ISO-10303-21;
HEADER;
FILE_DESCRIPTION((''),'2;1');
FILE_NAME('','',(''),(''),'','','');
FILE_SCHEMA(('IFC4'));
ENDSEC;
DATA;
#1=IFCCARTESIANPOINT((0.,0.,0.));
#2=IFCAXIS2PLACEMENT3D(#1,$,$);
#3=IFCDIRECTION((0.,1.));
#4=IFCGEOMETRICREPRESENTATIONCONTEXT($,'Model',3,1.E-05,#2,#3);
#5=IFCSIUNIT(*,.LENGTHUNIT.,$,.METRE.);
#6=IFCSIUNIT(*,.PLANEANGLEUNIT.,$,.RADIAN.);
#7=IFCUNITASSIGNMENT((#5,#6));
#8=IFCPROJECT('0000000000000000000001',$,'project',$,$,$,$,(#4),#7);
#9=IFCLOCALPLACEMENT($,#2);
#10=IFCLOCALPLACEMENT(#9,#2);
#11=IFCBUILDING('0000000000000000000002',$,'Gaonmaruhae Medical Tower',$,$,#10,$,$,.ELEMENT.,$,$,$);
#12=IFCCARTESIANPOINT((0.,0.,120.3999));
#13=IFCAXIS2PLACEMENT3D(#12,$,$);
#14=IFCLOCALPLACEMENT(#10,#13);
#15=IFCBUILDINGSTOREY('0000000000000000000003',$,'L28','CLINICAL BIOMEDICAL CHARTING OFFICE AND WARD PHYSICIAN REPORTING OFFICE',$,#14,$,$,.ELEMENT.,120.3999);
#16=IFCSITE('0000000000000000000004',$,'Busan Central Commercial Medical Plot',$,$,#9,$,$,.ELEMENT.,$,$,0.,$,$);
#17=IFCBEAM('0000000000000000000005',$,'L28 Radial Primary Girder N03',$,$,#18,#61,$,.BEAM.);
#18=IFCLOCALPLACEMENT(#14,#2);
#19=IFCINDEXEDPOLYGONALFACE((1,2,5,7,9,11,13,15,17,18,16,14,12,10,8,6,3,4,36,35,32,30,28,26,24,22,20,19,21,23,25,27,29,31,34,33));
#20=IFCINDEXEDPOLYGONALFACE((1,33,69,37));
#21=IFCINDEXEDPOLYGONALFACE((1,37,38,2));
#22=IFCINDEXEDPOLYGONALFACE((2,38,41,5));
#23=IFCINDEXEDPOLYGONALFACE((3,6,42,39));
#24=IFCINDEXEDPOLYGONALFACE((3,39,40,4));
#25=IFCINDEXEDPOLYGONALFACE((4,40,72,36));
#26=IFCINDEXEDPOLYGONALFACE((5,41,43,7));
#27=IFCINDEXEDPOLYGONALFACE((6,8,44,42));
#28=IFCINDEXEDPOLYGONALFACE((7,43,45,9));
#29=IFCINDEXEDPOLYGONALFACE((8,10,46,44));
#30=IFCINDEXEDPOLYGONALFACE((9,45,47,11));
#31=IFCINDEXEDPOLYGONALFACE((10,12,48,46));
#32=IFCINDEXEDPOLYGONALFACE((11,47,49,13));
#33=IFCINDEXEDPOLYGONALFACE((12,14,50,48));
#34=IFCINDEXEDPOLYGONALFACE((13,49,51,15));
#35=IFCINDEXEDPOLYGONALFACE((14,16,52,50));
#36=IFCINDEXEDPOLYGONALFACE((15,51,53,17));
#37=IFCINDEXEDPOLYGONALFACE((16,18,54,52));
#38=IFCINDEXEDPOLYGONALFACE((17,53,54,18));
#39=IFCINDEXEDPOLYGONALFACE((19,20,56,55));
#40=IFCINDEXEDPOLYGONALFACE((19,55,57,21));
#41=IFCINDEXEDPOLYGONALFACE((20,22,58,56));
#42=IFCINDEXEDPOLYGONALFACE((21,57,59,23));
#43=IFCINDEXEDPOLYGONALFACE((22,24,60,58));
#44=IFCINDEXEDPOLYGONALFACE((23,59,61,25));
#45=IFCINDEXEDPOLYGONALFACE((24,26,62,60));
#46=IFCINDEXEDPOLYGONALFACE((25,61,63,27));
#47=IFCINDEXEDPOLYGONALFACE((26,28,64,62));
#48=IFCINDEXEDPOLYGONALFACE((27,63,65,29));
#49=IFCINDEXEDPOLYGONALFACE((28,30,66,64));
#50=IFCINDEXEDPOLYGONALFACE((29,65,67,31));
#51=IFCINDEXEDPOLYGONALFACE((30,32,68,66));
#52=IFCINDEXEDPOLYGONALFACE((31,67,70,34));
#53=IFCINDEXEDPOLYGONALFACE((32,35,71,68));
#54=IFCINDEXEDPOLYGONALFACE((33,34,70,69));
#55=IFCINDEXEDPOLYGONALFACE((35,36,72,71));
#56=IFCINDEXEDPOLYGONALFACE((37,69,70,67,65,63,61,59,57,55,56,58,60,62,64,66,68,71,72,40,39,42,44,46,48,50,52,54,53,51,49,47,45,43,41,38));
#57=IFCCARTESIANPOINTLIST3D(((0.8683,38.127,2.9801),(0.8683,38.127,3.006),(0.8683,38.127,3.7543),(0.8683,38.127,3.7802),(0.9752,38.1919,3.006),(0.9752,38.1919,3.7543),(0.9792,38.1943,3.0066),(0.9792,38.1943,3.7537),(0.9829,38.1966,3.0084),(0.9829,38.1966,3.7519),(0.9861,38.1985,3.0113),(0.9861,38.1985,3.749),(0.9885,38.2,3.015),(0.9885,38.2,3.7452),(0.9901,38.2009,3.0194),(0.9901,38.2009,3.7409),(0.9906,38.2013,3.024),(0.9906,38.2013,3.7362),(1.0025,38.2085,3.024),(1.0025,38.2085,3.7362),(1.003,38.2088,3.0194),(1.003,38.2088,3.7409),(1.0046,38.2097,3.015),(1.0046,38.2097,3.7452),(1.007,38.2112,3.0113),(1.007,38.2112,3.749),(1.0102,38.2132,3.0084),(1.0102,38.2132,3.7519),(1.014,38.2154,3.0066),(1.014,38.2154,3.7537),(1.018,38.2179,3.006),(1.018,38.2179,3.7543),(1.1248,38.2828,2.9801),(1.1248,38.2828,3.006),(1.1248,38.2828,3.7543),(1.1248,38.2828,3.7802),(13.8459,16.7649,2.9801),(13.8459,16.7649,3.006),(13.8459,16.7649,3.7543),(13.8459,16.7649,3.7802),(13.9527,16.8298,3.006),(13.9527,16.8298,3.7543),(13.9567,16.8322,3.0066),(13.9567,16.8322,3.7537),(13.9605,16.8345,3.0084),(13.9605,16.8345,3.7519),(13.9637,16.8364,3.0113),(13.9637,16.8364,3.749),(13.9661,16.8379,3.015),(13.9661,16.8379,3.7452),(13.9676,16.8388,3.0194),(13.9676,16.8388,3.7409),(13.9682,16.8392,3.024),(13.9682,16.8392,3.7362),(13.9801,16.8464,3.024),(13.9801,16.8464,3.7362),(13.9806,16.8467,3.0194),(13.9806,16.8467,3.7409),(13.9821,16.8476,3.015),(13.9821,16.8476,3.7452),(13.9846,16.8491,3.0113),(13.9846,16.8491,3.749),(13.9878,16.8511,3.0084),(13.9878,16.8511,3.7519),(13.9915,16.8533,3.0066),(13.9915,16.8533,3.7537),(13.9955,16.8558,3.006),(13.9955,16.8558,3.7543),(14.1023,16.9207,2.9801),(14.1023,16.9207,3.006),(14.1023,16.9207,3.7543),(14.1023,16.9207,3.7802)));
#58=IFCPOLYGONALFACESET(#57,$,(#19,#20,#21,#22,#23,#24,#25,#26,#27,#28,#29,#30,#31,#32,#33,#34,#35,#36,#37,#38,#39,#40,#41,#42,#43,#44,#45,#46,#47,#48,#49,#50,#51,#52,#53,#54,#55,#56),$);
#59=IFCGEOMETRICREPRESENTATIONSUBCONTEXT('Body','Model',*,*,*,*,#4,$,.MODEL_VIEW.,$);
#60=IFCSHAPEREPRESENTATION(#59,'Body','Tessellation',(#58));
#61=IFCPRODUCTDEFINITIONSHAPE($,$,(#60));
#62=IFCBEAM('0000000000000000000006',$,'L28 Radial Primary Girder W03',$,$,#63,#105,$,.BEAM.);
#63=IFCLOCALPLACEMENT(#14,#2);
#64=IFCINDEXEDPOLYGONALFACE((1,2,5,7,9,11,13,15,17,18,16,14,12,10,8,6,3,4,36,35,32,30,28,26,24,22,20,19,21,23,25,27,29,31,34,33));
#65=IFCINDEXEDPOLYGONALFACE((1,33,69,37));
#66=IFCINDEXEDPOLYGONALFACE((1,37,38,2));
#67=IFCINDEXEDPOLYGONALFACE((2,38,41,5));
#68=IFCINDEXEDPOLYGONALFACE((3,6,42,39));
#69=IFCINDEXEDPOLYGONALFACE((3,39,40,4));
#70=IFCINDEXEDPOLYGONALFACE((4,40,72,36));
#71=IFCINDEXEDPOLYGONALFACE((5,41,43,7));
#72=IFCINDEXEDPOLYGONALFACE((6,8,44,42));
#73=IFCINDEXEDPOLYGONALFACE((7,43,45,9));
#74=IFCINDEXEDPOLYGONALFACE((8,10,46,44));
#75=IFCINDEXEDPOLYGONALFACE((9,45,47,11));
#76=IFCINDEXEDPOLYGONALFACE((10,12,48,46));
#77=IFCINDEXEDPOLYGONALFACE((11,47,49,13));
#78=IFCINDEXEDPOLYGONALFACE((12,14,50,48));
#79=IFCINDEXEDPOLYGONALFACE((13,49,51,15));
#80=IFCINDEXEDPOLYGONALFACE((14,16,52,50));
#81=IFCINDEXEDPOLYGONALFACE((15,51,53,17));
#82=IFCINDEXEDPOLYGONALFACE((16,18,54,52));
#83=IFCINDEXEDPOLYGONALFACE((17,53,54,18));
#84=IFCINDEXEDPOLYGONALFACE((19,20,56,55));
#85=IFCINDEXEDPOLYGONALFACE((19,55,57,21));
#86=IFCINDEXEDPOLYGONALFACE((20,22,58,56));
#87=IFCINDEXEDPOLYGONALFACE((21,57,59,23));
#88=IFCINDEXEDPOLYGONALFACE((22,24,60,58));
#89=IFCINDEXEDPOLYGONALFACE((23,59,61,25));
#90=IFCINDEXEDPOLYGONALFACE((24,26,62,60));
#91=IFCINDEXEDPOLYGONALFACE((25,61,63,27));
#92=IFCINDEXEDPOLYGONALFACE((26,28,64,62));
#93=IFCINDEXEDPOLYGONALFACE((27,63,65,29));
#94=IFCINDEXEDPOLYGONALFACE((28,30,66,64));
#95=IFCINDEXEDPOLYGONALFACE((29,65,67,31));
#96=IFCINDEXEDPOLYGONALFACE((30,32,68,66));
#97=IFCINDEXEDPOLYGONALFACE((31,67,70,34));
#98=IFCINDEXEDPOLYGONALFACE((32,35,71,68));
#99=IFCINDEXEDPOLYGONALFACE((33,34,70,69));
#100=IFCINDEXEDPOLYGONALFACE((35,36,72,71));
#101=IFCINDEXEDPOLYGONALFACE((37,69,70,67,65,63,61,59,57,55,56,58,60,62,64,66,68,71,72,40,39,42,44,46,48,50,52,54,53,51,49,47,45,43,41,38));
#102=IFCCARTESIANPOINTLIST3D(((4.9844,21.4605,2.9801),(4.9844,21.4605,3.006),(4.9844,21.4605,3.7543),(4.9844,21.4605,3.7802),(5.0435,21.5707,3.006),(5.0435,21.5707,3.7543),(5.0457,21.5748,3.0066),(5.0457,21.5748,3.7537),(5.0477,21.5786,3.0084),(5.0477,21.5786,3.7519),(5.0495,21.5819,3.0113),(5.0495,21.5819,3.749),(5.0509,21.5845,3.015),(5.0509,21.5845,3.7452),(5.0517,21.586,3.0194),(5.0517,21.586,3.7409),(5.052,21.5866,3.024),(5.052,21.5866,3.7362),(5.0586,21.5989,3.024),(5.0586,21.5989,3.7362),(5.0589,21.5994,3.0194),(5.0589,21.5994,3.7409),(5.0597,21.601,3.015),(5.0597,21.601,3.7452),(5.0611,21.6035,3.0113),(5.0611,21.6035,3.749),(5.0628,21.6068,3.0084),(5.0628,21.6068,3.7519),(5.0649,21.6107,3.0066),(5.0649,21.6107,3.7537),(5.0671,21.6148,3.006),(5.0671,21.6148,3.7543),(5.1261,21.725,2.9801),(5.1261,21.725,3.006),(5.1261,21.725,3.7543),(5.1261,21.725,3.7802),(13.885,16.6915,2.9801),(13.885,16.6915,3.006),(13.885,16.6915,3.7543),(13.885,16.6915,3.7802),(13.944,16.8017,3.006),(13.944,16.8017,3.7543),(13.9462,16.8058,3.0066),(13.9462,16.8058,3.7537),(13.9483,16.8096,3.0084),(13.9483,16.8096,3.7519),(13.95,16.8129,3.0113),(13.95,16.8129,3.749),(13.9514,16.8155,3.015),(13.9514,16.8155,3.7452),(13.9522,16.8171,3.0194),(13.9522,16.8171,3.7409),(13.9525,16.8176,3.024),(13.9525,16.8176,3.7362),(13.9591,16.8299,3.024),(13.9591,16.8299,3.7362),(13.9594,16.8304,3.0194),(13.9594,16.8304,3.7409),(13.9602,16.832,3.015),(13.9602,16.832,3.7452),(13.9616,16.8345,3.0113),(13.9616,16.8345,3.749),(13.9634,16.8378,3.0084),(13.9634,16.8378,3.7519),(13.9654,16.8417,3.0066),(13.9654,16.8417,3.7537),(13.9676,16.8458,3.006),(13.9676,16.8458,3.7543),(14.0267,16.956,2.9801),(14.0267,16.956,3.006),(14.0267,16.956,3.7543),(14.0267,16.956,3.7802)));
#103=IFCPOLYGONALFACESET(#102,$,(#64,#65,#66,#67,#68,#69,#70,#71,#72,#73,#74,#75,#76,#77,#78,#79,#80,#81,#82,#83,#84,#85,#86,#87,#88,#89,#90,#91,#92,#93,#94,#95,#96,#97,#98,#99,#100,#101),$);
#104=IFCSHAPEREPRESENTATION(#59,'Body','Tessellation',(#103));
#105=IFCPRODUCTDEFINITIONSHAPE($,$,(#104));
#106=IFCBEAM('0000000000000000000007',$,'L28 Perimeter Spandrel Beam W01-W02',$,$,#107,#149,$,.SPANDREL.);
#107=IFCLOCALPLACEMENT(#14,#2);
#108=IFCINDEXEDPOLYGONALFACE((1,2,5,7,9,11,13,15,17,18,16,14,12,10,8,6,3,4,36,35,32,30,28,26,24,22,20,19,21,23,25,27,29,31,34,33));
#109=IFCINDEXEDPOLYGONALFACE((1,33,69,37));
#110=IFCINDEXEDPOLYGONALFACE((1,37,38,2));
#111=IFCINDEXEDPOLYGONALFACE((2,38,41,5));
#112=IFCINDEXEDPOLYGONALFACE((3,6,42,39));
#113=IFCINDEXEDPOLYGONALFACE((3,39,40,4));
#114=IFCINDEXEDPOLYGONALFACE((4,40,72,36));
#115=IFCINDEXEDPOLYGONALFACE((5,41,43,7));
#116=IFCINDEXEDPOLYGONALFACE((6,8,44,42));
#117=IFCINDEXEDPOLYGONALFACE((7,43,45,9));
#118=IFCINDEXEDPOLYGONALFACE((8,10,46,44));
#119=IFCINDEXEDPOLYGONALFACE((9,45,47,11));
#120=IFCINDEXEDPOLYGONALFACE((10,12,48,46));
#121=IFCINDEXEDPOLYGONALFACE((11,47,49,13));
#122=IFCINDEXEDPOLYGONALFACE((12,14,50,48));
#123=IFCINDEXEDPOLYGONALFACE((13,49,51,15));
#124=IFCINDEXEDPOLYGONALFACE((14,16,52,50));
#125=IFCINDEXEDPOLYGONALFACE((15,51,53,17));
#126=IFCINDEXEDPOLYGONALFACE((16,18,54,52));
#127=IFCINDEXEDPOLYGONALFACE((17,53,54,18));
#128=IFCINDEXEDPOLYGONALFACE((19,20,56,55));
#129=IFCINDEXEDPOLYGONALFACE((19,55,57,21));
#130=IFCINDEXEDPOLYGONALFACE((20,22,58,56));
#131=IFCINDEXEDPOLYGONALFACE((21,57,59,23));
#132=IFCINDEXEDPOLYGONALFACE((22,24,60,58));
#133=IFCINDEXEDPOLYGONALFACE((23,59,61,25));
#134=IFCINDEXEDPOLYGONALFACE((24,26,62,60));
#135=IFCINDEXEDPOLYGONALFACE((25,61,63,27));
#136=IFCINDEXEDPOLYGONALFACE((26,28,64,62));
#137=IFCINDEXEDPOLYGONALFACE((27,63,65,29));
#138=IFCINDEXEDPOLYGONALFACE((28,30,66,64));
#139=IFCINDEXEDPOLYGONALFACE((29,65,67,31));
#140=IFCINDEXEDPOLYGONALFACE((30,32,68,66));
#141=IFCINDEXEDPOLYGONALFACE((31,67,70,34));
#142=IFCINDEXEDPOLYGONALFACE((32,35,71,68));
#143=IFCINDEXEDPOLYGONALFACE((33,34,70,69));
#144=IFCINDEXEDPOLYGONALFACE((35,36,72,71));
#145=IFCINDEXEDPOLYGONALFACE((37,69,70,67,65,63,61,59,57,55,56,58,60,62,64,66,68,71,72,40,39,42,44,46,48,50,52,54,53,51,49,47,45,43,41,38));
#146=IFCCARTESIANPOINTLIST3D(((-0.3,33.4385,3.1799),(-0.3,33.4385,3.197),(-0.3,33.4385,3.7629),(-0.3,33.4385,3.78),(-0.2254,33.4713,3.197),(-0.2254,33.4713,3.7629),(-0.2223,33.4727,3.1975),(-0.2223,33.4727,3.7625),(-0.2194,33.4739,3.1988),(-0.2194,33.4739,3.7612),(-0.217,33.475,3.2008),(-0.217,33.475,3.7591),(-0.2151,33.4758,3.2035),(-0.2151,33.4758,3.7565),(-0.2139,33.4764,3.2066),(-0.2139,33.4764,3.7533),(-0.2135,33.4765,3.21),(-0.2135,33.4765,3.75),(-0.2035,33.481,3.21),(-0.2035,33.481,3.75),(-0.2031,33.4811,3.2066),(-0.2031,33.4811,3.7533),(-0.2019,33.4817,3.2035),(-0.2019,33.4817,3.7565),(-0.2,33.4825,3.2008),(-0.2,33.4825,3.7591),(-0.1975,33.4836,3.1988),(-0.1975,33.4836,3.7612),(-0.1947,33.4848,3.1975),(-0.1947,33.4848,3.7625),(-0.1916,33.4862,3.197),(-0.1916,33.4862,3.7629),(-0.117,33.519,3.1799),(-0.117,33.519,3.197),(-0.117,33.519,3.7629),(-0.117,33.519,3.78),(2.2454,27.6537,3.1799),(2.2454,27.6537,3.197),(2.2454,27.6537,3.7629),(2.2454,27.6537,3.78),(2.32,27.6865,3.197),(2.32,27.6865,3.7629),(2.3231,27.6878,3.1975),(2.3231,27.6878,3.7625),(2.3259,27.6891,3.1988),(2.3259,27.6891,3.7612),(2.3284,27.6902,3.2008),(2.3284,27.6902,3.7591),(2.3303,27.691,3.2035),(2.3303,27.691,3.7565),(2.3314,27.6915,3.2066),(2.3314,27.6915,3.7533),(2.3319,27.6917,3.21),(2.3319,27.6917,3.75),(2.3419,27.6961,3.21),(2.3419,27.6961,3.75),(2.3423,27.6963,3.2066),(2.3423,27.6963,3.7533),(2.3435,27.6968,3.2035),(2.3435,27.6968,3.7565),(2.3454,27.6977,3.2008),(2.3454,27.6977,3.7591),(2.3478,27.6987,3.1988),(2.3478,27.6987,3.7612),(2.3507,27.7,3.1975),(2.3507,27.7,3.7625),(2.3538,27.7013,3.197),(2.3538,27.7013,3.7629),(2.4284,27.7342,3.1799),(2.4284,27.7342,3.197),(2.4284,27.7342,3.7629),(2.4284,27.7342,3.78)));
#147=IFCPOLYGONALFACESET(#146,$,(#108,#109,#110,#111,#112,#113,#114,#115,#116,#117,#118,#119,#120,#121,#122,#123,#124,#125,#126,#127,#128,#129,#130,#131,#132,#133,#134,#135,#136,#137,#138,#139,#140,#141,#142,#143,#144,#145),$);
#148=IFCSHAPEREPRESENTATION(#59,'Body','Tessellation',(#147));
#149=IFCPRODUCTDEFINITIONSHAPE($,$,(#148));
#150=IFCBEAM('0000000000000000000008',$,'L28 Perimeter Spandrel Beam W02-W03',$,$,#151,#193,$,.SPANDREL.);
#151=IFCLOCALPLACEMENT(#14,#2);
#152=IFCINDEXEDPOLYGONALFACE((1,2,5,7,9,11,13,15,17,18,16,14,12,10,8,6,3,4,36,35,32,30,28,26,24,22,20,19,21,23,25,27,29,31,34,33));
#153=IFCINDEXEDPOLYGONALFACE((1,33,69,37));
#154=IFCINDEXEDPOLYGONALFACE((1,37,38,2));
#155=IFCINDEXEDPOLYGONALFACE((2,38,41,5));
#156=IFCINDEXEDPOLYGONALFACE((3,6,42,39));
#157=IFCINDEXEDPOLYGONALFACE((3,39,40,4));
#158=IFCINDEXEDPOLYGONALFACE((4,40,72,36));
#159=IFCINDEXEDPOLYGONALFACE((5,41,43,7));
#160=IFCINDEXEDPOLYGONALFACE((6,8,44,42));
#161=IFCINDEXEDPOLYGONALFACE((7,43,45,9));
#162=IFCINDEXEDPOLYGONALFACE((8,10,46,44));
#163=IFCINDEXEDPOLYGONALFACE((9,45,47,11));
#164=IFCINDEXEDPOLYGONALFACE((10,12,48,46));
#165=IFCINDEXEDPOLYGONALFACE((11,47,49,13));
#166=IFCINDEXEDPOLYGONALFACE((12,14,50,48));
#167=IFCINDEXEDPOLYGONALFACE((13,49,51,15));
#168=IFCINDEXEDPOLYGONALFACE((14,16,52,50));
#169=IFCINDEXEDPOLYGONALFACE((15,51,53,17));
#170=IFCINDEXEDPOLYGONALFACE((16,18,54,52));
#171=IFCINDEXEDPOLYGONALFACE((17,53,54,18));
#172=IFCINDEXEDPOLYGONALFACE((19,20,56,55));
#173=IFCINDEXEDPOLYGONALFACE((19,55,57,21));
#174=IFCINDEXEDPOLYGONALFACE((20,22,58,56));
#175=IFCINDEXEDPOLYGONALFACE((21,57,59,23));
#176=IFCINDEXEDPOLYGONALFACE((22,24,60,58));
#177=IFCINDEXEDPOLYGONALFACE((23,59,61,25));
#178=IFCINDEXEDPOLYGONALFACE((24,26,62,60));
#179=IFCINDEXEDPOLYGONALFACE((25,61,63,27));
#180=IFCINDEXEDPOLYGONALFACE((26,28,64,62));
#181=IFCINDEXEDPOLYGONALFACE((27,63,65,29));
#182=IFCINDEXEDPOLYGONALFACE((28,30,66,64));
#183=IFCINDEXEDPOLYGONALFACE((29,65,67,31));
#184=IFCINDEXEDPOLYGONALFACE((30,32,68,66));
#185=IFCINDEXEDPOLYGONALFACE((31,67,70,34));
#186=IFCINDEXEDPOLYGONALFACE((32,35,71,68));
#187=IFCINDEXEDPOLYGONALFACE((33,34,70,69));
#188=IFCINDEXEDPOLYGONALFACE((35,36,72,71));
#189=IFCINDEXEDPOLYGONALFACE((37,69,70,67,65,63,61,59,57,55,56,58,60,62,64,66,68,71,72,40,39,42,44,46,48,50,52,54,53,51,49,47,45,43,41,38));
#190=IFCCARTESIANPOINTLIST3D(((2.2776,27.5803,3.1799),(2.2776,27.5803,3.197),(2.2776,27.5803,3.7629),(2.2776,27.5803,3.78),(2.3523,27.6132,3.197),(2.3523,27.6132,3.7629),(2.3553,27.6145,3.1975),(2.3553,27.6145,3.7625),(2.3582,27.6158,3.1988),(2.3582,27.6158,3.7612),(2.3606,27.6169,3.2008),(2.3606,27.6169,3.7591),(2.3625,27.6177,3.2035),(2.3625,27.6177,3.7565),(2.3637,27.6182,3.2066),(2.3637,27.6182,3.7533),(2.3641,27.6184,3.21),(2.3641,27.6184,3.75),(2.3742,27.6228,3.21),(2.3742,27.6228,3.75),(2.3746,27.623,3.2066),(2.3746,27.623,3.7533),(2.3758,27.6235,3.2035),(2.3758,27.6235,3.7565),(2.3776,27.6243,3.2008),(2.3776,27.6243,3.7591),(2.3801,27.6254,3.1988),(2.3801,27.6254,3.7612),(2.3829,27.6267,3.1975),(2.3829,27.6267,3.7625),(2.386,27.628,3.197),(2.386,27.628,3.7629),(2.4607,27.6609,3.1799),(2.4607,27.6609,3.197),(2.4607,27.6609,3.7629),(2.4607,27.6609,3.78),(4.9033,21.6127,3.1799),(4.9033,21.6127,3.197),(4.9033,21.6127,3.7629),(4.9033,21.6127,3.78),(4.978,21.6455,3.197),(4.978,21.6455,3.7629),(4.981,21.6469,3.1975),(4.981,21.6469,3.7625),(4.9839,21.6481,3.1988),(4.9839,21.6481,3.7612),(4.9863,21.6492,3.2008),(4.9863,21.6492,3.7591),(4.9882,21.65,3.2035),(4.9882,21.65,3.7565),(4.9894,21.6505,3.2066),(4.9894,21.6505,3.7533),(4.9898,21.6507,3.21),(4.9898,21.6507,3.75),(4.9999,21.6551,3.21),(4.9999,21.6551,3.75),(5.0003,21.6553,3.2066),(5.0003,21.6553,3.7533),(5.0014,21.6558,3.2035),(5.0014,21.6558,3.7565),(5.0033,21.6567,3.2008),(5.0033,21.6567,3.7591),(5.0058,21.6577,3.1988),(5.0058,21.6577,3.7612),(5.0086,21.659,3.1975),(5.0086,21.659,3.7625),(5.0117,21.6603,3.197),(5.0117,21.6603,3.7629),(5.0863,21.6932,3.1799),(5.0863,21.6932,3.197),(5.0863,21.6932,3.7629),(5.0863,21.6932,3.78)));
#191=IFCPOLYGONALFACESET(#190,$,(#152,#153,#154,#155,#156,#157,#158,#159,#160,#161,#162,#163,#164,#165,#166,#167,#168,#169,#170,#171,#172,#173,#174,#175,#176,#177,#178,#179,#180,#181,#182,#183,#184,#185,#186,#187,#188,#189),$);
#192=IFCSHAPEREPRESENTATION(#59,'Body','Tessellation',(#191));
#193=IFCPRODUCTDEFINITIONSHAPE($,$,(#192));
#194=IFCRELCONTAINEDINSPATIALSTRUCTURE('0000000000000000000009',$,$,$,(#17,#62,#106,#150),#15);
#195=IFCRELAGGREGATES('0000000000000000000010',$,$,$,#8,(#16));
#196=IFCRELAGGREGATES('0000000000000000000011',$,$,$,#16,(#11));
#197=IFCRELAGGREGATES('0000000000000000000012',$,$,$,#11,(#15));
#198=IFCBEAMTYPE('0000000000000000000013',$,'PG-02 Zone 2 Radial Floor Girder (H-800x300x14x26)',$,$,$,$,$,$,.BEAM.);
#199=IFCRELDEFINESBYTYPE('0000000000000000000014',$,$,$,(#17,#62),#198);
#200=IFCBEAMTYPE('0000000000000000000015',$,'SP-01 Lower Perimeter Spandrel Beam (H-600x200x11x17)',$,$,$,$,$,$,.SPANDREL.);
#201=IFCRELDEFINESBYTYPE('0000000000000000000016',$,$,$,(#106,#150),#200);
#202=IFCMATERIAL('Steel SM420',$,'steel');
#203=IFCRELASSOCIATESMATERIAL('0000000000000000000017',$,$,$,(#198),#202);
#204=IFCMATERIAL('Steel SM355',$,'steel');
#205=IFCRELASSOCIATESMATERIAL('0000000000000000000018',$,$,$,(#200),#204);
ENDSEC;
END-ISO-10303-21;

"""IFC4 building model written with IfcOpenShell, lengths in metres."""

from ifc_helpers import new_model, si_unit, direction, frame, origin, origin_2d, place, context, subcontext, project, spatial, i_section, extrude, material, material_profile, profile_set, type_object, element, save


model = new_model("IFC4")

# Units and contexts
model_context = context("Model", 3, precision=1e-05, world=origin(), true_north=direction((0.0, 1.0)))
body_context = subcontext(model_context, "Body", "Model", "MODEL_VIEW")
ifc_project = project(units=[si_unit("LENGTHUNIT", "METRE"), si_unit("PLANEANGLEUNIT", "RADIAN")], contexts=[model_context])

# Site, building, storey
site_placement = place(None, origin())
site = spatial("IfcSite", under=ifc_project, at=site_placement, Name="Busan Central Commercial Medical Plot", CompositionType="ELEMENT", RefElevation=0.0)
building_placement = place(site_placement, origin())
building = spatial("IfcBuilding", under=site, at=building_placement, Name="Gaonmaruhae Medical Tower", CompositionType="ELEMENT")
storey_placement = place(building_placement, frame((0.0, 0.0, 120.3999)))
storey = spatial("IfcBuildingStorey", under=building, at=storey_placement, Name="L28", Description="CLINICAL BIOMEDICAL CHARTING OFFICE AND WARD PHYSICIAN REPORTING OFFICE", CompositionType="ELEMENT", Elevation=120.3999)

# Beams
ifc_material_1 = material(Name="Steel SM355", Category="steel")
ifc_material_2 = material(Name="Steel SM420", Category="steel")
ifc_material_profile_1 = material_profile(ifc_material_2, i_section(OverallWidth=0.3, OverallDepth=0.8, WebThickness=0.0139, FlangeThickness=0.0259, FilletRadius=0.0181, at=origin_2d()), Name="H-800x300x14x26")
ifc_profile_set_1 = profile_set([ifc_material_profile_1], Name="Steel SM420")
beam_type_1 = type_object("IfcBeamType", Name="PG-02 Zone 2 Radial Floor Girder (H-800x300x14x26)", PredefinedType="BEAM", material=ifc_profile_set_1)
beam_1_placement = place(storey_placement, frame((13.9741, 16.8428, 3.3801), z_axis=(-0.519204, 0.854651, 0.0), x_axis=(-0.854651, -0.519204, 0.0)))
element("IfcBeam", 1, at=beam_1_placement, inside=storey, type_object=beam_type_1, Name="L28 Radial Primary Girder N03", PredefinedType="BEAM", context=body_context, shape_type="SweptSolid", body=[
    extrude(i_section(OverallWidth=0.3, OverallDepth=0.8, WebThickness=0.0139, FlangeThickness=0.0259, FilletRadius=0.0181, at=origin_2d()), origin(), (0.0, 0.0, 1.0), 24.9951),
])
beam_2_placement = place(storey_placement, frame((13.9558, 16.8237, 3.3801), z_axis=(-0.881445, 0.472286, 0.0), x_axis=(-0.472286, -0.881445, 0.0)))
element("IfcBeam", 2, at=beam_2_placement, inside=storey, type_object=beam_type_1, Name="L28 Radial Primary Girder W03", PredefinedType="BEAM", context=body_context, shape_type="SweptSolid", body=[
    extrude(i_section(OverallWidth=0.3, OverallDepth=0.8, WebThickness=0.0139, FlangeThickness=0.0259, FilletRadius=0.0181, at=origin_2d()), origin(), (0.0, 0.0, 1.0), 10.0977),
])
ifc_material_profile_2 = material_profile(ifc_material_1, i_section(OverallWidth=0.2, OverallDepth=0.6001, WebThickness=0.011, FlangeThickness=0.0171, FilletRadius=0.0129, at=origin_2d()), Name="H-600x200x11x17")
ifc_profile_set_2 = profile_set([ifc_material_profile_2], Name="Steel SM355")
beam_type_2 = type_object("IfcBeamType", Name="SP-01 Lower Perimeter Spandrel Beam (H-600x200x11x17)", PredefinedType="SPANDREL", material=ifc_profile_set_2)
beam_3_placement = place(storey_placement, frame((-0.2085, 33.4788, 3.48), z_axis=(0.402745, -0.915312, 0.0), x_axis=(0.915312, 0.402745, 0.0)))
element("IfcBeam", 3, at=beam_3_placement, inside=storey, type_object=beam_type_2, Name="L28 Perimeter Spandrel Beam W01-W02", PredefinedType="SPANDREL", context=body_context, shape_type="SweptSolid", body=[
    extrude(i_section(OverallWidth=0.2, OverallDepth=0.6001, WebThickness=0.011, FlangeThickness=0.0171, FilletRadius=0.0129, at=origin_2d()), origin(), (0.0, 0.0, 1.0), 6.3201),
])
beam_4_placement = place(storey_placement, frame((2.3691, 27.6206, 3.48), z_axis=(0.402727, -0.91532, 0.0), x_axis=(0.91532, 0.402727, 0.0)))
element("IfcBeam", 4, at=beam_4_placement, inside=storey, type_object=beam_type_2, Name="L28 Perimeter Spandrel Beam W02-W03", PredefinedType="SPANDREL", context=body_context, shape_type="SweptSolid", body=[
    extrude(i_section(OverallWidth=0.2, OverallDepth=0.6001, WebThickness=0.011, FlangeThickness=0.0171, FilletRadius=0.0129, at=origin_2d()), origin(), (0.0, 0.0, 1.0), 6.5198),
])

save(model, "model.ifc")
